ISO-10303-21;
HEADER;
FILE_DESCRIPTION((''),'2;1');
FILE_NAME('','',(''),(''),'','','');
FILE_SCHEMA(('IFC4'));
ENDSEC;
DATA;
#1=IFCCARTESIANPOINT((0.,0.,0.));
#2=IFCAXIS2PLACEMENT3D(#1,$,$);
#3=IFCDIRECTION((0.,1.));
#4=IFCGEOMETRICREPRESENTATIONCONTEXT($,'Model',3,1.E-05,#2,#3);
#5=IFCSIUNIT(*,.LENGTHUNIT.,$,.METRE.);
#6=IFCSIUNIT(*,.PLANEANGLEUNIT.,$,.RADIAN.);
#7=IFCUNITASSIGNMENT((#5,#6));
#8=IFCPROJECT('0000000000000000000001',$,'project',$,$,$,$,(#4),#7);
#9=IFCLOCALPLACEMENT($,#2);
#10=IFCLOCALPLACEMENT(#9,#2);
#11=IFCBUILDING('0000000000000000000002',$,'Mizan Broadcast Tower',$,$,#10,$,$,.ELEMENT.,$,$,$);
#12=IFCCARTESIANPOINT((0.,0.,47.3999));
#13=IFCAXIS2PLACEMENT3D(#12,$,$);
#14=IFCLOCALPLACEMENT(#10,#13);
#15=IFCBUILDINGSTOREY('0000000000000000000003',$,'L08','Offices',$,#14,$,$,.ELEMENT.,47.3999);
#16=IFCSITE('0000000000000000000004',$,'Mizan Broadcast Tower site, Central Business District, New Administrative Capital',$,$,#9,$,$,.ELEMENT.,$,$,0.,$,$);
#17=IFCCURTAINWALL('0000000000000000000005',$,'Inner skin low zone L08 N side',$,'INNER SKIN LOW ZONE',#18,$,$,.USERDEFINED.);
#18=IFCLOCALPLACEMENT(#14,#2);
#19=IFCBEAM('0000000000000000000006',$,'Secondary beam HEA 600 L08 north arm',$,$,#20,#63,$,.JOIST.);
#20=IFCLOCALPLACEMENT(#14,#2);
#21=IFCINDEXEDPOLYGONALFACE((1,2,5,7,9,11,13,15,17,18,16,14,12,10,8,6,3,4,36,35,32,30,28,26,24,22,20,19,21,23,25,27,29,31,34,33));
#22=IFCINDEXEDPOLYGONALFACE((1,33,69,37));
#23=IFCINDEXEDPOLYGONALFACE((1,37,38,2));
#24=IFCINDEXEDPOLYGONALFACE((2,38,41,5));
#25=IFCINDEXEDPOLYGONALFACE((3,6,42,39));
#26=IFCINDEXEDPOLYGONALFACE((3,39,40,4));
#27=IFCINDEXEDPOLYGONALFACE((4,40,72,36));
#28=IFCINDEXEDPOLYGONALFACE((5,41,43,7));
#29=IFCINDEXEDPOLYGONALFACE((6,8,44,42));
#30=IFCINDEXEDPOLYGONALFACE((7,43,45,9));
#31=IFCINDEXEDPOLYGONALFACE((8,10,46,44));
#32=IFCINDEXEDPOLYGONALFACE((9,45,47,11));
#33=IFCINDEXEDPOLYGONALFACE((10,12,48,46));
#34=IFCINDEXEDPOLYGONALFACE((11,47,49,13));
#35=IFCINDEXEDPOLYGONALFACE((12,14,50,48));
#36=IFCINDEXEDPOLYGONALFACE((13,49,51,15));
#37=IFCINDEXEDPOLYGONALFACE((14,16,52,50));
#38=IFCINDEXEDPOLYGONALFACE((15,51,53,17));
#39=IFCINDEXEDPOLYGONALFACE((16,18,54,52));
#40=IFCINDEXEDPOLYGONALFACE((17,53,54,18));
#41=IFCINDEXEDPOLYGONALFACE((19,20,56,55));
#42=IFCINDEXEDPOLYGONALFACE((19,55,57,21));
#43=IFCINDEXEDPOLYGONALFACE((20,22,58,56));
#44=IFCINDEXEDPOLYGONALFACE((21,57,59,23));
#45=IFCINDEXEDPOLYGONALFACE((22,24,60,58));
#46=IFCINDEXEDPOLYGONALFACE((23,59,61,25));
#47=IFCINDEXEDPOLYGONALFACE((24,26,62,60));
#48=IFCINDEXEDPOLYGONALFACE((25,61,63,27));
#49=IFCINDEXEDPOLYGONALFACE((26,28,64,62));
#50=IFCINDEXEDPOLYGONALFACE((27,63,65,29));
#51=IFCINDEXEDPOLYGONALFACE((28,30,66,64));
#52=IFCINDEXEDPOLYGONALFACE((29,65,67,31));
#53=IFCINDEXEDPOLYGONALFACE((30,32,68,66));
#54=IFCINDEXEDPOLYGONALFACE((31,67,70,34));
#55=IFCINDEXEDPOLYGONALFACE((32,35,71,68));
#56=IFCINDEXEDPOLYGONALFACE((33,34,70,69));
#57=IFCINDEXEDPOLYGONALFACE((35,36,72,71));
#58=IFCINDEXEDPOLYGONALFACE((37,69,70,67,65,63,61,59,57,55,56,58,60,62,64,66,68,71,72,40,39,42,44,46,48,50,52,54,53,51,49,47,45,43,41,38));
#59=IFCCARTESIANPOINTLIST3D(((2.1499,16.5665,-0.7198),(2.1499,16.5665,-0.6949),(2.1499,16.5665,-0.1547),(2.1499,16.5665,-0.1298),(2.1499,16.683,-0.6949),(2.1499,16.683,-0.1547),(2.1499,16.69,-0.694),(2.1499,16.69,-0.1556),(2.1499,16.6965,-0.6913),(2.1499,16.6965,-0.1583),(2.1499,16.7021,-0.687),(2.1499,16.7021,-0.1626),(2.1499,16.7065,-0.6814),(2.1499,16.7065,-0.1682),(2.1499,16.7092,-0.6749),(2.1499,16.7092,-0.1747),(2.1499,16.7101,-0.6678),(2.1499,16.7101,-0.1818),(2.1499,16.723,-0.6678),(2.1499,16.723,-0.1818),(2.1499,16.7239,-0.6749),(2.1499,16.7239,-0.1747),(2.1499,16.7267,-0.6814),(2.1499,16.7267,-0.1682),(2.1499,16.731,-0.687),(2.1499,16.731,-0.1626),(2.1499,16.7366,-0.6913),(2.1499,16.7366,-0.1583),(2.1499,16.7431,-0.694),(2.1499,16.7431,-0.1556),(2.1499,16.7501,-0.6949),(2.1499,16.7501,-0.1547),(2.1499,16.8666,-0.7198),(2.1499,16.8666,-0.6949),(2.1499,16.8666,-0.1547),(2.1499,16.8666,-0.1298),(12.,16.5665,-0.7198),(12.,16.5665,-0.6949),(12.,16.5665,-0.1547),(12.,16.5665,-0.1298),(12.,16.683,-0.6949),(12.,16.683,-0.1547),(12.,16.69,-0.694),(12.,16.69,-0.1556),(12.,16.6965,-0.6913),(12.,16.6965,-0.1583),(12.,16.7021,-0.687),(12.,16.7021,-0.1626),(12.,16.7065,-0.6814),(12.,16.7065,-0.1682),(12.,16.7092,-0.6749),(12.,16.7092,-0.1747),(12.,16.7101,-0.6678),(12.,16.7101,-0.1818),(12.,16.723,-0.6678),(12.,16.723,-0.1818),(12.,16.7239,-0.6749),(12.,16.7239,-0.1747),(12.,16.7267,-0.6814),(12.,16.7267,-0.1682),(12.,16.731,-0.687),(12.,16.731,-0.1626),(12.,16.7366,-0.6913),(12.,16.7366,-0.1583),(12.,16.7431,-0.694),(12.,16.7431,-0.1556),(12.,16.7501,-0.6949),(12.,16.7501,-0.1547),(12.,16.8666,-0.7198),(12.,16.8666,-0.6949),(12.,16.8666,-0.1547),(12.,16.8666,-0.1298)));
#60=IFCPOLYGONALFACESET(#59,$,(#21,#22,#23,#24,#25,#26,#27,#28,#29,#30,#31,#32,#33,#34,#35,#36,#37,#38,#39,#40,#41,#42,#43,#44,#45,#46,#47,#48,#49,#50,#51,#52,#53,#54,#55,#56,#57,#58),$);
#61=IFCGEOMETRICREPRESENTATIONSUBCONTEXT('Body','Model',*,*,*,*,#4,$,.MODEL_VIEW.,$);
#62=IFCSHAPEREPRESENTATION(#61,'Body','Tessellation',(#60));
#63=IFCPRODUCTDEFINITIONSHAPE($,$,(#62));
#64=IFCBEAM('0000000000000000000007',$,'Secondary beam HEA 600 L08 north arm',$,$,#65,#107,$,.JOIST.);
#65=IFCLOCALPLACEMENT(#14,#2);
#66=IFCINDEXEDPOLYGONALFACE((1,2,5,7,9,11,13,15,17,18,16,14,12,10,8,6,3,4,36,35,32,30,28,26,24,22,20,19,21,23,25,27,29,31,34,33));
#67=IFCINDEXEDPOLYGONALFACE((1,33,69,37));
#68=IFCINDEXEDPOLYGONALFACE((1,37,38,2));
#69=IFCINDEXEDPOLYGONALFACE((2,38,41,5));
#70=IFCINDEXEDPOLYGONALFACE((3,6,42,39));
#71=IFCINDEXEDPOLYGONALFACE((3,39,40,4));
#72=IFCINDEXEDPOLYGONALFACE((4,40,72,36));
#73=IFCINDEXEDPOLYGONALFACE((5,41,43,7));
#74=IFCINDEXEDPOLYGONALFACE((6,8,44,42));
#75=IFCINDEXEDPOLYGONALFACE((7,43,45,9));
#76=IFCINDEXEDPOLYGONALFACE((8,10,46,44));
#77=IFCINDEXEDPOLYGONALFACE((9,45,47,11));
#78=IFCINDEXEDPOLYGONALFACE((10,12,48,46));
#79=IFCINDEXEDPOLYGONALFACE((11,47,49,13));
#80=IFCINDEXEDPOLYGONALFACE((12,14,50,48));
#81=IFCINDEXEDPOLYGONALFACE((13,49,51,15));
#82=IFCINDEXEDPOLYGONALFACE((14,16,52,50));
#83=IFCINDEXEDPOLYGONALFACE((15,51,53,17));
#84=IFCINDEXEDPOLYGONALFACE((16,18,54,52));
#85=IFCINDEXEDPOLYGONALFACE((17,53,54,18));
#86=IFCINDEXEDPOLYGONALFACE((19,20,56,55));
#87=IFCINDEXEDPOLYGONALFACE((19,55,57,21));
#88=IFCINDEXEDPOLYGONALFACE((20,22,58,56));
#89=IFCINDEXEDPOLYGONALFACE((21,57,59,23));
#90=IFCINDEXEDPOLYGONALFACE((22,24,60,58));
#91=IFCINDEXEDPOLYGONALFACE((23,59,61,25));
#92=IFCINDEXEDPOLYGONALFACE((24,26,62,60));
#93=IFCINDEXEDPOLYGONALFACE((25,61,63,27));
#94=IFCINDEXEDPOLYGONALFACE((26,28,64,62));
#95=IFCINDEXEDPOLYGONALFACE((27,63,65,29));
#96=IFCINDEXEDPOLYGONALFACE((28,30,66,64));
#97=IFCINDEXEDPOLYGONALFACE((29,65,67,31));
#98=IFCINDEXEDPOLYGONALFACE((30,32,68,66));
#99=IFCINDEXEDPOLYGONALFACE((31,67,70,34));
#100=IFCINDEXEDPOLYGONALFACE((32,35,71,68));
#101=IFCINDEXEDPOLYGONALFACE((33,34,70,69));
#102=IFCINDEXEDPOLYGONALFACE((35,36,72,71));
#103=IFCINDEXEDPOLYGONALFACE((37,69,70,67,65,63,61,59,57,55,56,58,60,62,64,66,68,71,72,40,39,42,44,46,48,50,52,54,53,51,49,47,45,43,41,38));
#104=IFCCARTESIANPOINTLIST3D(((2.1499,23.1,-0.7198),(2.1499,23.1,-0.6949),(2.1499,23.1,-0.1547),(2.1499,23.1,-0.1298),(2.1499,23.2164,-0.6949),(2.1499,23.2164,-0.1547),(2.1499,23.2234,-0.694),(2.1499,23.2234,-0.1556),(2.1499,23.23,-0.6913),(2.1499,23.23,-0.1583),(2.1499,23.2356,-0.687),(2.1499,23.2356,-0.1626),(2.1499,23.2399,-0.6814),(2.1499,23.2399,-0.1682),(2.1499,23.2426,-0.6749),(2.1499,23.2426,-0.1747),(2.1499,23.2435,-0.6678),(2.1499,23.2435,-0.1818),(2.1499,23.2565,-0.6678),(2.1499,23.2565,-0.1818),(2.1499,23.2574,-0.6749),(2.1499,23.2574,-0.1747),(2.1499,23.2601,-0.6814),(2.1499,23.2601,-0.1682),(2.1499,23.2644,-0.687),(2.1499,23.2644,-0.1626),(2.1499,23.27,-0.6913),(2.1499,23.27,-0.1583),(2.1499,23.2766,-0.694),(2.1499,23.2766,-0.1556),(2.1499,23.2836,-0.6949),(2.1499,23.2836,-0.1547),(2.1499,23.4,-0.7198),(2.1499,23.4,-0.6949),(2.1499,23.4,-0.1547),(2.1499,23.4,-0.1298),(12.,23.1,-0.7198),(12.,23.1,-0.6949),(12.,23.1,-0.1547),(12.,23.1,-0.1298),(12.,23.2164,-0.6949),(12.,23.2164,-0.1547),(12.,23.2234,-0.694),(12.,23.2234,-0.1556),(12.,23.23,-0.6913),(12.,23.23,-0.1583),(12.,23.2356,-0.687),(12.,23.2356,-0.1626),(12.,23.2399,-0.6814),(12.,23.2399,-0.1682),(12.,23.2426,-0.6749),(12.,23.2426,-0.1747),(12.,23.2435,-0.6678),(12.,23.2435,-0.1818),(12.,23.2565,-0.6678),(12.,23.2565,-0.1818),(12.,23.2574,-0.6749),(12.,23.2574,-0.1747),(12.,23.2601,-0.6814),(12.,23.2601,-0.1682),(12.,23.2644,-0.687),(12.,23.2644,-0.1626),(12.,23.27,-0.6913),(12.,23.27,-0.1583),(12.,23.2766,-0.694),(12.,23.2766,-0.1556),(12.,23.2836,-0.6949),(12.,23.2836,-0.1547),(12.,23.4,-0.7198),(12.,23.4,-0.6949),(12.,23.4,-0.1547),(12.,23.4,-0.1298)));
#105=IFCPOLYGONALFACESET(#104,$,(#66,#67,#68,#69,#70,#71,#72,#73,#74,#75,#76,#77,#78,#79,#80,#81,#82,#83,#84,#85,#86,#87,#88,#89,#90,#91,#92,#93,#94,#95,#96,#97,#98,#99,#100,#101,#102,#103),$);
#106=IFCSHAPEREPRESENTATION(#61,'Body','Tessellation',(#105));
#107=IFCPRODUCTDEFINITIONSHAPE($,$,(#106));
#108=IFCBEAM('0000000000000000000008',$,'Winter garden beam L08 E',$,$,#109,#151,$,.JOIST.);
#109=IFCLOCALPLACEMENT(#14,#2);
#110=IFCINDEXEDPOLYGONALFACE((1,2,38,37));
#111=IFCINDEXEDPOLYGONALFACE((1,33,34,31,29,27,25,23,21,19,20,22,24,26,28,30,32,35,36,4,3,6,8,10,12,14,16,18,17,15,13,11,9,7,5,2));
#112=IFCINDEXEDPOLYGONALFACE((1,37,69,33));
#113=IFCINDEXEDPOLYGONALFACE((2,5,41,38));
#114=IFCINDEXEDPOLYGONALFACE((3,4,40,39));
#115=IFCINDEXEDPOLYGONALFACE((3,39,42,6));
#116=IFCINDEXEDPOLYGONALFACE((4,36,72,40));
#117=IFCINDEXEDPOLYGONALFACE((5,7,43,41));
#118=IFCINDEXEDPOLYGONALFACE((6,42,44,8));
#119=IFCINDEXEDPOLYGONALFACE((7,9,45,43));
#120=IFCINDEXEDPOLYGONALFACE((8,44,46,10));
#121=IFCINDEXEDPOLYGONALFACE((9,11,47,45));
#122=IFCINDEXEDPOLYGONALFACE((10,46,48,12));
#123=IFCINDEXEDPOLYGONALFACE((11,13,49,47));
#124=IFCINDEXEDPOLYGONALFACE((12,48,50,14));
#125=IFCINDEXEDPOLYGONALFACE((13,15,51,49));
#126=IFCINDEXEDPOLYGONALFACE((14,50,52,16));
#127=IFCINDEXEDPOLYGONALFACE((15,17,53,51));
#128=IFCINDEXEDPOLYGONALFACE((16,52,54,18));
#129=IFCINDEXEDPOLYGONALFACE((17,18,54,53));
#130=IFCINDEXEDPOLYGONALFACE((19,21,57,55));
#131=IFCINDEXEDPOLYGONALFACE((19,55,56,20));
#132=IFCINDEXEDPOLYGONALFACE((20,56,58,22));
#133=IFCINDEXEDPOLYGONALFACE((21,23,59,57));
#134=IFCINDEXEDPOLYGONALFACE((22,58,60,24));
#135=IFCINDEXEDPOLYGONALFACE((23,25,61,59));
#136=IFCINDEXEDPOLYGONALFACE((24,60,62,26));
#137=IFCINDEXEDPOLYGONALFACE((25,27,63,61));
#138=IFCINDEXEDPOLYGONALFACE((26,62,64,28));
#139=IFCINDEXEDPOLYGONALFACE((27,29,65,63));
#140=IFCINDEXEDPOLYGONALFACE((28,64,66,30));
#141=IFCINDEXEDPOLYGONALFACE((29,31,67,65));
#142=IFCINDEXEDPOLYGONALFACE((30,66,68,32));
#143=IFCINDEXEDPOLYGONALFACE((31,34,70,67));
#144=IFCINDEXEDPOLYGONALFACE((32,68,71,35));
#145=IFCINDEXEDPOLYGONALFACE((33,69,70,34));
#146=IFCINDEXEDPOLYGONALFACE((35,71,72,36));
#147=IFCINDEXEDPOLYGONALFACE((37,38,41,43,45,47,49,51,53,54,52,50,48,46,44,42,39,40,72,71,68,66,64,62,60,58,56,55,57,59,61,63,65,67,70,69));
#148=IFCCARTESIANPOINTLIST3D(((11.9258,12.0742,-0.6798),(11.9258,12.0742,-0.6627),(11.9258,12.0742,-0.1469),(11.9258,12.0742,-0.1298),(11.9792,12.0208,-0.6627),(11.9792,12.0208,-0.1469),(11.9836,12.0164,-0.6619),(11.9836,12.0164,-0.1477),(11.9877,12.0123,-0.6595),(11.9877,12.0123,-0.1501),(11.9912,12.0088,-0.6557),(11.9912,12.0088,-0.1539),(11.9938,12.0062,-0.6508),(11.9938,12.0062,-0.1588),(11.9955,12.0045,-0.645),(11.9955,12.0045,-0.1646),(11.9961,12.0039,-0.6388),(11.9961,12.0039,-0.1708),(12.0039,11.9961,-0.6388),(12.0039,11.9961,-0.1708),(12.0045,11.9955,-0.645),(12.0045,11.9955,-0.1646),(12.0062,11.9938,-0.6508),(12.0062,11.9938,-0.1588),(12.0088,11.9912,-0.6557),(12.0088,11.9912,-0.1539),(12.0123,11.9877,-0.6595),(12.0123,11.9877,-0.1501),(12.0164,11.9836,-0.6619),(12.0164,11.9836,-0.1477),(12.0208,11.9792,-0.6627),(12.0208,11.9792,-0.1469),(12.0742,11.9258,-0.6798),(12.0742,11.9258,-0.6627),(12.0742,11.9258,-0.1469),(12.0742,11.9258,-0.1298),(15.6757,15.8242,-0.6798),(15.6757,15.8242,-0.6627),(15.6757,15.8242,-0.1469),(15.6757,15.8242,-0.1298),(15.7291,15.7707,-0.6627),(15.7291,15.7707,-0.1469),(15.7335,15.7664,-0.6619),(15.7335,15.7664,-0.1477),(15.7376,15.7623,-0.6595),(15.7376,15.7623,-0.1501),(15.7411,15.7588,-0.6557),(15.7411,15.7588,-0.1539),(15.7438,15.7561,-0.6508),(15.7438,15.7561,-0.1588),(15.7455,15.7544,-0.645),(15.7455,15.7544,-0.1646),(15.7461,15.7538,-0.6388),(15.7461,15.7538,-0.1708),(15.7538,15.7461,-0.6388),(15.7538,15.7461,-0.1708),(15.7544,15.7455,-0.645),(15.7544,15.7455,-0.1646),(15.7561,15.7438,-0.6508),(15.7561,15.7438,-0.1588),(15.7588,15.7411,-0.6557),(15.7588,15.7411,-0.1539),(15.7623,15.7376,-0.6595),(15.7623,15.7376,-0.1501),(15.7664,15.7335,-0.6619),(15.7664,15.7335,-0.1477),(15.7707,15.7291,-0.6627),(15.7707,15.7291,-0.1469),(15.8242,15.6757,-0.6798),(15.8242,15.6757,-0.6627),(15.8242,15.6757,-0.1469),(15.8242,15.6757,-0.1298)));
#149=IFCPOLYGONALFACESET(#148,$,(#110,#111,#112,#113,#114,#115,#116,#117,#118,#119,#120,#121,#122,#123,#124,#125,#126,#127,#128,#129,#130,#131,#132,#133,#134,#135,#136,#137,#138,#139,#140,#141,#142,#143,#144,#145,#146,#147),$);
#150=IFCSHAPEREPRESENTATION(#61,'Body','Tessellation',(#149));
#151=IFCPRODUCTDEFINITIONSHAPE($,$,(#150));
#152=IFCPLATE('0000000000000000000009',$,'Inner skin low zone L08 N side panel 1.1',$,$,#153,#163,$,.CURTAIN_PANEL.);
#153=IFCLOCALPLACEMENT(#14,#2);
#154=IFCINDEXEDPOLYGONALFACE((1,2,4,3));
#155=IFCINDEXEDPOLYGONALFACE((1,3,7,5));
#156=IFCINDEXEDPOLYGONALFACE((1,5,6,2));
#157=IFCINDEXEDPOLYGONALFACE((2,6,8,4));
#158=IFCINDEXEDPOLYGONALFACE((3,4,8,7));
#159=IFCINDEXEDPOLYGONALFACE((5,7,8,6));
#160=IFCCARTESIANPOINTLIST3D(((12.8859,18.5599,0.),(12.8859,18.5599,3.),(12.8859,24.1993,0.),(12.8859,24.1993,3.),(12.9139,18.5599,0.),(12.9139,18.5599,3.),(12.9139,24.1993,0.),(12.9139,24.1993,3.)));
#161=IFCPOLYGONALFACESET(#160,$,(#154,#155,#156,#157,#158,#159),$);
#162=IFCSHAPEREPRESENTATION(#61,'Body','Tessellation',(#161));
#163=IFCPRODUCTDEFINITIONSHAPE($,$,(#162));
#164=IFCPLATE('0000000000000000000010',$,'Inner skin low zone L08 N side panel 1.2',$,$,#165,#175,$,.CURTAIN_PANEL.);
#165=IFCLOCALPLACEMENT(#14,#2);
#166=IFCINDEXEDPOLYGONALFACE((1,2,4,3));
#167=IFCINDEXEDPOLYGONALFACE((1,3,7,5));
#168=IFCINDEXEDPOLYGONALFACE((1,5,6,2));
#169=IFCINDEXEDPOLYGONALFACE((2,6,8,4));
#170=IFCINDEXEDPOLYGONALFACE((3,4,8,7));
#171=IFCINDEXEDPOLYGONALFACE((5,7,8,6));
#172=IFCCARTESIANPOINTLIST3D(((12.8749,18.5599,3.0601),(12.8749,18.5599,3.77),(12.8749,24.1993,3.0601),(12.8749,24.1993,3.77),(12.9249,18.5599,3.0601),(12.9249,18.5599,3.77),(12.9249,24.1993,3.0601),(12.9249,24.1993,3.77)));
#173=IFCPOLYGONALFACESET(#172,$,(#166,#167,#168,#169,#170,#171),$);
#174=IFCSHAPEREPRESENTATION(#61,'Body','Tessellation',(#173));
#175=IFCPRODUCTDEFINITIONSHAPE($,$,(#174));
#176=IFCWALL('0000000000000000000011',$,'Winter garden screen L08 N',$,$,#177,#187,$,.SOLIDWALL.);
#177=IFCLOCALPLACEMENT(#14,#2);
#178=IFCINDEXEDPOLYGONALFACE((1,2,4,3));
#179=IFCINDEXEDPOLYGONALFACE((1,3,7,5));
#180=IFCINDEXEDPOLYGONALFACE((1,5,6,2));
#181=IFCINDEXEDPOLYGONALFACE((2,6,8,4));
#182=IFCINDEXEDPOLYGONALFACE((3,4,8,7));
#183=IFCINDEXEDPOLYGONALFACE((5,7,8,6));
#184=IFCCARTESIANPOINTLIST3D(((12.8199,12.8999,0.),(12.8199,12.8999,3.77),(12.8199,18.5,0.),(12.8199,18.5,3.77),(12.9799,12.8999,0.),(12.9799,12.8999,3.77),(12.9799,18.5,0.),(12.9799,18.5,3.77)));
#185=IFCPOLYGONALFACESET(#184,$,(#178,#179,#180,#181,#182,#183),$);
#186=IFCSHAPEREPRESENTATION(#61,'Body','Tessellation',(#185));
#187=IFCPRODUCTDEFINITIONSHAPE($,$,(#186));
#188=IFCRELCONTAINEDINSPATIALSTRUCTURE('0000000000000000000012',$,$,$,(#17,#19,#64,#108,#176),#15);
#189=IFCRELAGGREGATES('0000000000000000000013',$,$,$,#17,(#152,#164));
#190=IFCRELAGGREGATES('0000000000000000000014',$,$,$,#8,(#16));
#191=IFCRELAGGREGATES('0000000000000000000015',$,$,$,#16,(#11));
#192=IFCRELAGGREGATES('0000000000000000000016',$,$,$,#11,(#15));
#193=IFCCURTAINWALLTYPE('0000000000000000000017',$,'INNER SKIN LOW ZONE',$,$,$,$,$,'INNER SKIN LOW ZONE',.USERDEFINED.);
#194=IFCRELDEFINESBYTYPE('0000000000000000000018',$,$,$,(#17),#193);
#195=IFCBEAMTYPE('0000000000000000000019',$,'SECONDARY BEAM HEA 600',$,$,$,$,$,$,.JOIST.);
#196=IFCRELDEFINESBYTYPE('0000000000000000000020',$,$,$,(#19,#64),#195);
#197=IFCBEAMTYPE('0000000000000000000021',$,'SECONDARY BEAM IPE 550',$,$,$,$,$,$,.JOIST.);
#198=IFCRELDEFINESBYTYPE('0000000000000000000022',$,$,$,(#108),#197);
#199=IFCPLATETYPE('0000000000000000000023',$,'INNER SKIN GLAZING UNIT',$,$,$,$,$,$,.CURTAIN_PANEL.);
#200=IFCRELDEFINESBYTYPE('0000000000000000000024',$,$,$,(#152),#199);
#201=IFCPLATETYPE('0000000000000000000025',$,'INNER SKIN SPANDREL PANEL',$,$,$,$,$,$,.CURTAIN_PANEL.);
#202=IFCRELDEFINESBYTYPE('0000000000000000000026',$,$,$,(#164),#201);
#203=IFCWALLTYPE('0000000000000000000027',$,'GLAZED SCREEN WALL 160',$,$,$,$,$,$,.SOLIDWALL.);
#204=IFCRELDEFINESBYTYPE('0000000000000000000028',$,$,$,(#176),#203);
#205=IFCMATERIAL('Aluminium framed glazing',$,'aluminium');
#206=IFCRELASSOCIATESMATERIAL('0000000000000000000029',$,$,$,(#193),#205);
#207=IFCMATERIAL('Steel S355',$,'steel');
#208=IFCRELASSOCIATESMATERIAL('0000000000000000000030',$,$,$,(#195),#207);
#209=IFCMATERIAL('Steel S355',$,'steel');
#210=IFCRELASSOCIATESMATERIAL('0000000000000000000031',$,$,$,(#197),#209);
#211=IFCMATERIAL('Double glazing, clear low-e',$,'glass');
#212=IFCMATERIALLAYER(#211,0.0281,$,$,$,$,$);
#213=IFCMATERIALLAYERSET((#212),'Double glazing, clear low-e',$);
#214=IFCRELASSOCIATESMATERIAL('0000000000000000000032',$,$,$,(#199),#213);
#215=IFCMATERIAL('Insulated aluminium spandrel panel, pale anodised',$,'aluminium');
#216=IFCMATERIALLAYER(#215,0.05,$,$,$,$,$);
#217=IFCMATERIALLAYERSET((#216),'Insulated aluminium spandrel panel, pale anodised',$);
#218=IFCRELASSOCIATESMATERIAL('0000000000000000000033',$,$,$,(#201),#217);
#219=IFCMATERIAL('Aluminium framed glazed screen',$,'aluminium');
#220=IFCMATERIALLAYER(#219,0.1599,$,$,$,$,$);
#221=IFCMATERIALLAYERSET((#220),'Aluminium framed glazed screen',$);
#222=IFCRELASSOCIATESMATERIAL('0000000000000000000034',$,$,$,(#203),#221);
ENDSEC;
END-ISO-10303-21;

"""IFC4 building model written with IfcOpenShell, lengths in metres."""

from ifc_helpers import new_model, si_unit, direction, frame, frame_2d, origin, origin_2d, place, context, subcontext, project, spatial, rectangle, i_section, extrude, material, layer, layer_set, material_profile, profile_set, type_object, element, aggregate, save


model = new_model("IFC4")

# Units and contexts
model_context = context("Model", 3, precision=1e-05, world=origin(), true_north=direction((0.0, 1.0)))
body_context = subcontext(model_context, "Body", "Model", "MODEL_VIEW")
ifc_project = project(units=[si_unit("LENGTHUNIT", "METRE"), si_unit("PLANEANGLEUNIT", "RADIAN")], contexts=[model_context])

# Site, building, storey
site_placement = place(None, origin())
site = spatial("IfcSite", under=ifc_project, at=site_placement, Name="Mizan Broadcast Tower site, Central Business District, New Administrative Capital", CompositionType="ELEMENT", RefElevation=0.0)
building_placement = place(site_placement, origin())
building = spatial("IfcBuilding", under=site, at=building_placement, Name="Mizan Broadcast Tower", CompositionType="ELEMENT")
storey_placement = place(building_placement, frame((0.0, 0.0, 47.3999)))
storey = spatial("IfcBuildingStorey", under=building, at=storey_placement, Name="L08", Description="Offices", CompositionType="ELEMENT", Elevation=47.3999)

# Curtain wall
ifc_material_1 = material(Name="Aluminium framed glazing", Category="aluminium")
curtain_wall_type_1 = type_object("IfcCurtainWallType", Name="INNER SKIN LOW ZONE", ElementType="INNER SKIN LOW ZONE", PredefinedType="USERDEFINED", material=ifc_material_1)
curtain_wall_1_placement = place(storey_placement, origin())
curtain_wall_1 = element("IfcCurtainWall", 1, at=curtain_wall_1_placement, inside=storey, type_object=curtain_wall_type_1, Name="Inner skin low zone L08 N side", ObjectType="INNER SKIN LOW ZONE", PredefinedType="USERDEFINED")

# Beams
ifc_material_2 = material(Name="Steel S355", Category="steel")
ifc_material_profile_1 = material_profile(ifc_material_2, i_section(OverallWidth=0.3, OverallDepth=0.5901, WebThickness=0.0129, FlangeThickness=0.0249, FilletRadius=0.0271, at=origin_2d()), Name="HEA 600")
ifc_profile_set_1 = profile_set([ifc_material_profile_1], Name="Steel S355")
beam_type_1 = type_object("IfcBeamType", Name="SECONDARY BEAM HEA 600", PredefinedType="JOIST", material=ifc_profile_set_1)
for number, where, z_axis, x_axis, name in (
    (2, (12.0, 16.7166, -0.4248), (-1.0, 0.0, 0.0), (0.0, -1.0, 0.0), "Secondary beam HEA 600 L08 north arm"),
    (3, (12.0, 23.25, -0.4248), (-1.0, 0.0, 0.0), (0.0, -1.0, 0.0), "Secondary beam HEA 600 L08 north arm"),
):
    element("IfcBeam", number, at=place(storey_placement, frame(where, z_axis=z_axis, x_axis=x_axis)), inside=storey, type_object=beam_type_1, Name=name, PredefinedType="JOIST", context=body_context, shape_type="SweptSolid", body=[
        extrude(i_section(OverallWidth=0.3, OverallDepth=0.5901, WebThickness=0.0129, FlangeThickness=0.0249, FilletRadius=0.0271, at=origin_2d()), origin(), (0.0, 0.0, 1.0), 9.8501),
    ])
ifc_material_3 = material(Name="Steel S355", Category="steel")
ifc_material_profile_2 = material_profile(ifc_material_3, i_section(OverallWidth=0.21, OverallDepth=0.55, WebThickness=0.011, FlangeThickness=0.0171, FilletRadius=0.0239, at=origin_2d()), Name="IPE 550")
ifc_profile_set_2 = profile_set([ifc_material_profile_2], Name="Steel S355")
beam_type_2 = type_object("IfcBeamType", Name="SECONDARY BEAM IPE 550", PredefinedType="JOIST", material=ifc_profile_set_2)
beam_1_placement = place(storey_placement, frame((12.0, 12.0, -0.4048), z_axis=(0.707107, 0.707107, 0.0), x_axis=(-0.707107, 0.707107, 0.0)))
element("IfcBeam", 4, at=beam_1_placement, inside=storey, type_object=beam_type_2, Name="Winter garden beam L08 E", PredefinedType="JOIST", context=body_context, shape_type="SweptSolid", body=[
    extrude(i_section(OverallWidth=0.21, OverallDepth=0.55, WebThickness=0.011, FlangeThickness=0.0171, FilletRadius=0.0239, at=origin_2d()), origin(), (0.0, 0.0, 1.0), 5.3032),
])

# Plates
ifc_material_4 = material(Name="Double glazing, clear low-e", Category="glass")
ifc_layer_1 = layer(ifc_material_4, 0.0281)
ifc_layer_set_1 = layer_set([ifc_layer_1], Name="Double glazing, clear low-e")
plate_type_1 = type_object("IfcPlateType", Name="INNER SKIN GLAZING UNIT", PredefinedType="CURTAIN_PANEL", material=ifc_layer_set_1)
plate_1_placement = place(storey_placement, frame((12.8999, 21.3796, 0.0), z_axis=(0.0, 0.0, 1.0), x_axis=(0.0, 1.0, 0.0)))
plate_1 = element("IfcPlate", 5, at=plate_1_placement, type_object=plate_type_1, Name="Inner skin low zone L08 N side panel 1.1", PredefinedType="CURTAIN_PANEL", context=body_context, shape_type="SweptSolid", body=[
    extrude(rectangle(XDim=5.6394, YDim=0.0281, at=origin_2d()), origin(), (0.0, 0.0, 1.0), 3.0),
])
ifc_material_5 = material(Name="Insulated aluminium spandrel panel, pale anodised", Category="aluminium")
ifc_layer_2 = layer(ifc_material_5, 0.05)
ifc_layer_set_2 = layer_set([ifc_layer_2], Name="Insulated aluminium spandrel panel, pale anodised")
plate_type_2 = type_object("IfcPlateType", Name="INNER SKIN SPANDREL PANEL", PredefinedType="CURTAIN_PANEL", material=ifc_layer_set_2)
plate_2_placement = place(storey_placement, frame((12.8999, 21.3796, 3.0601), z_axis=(0.0, 0.0, 1.0), x_axis=(0.0, 1.0, 0.0)))
plate_2 = element("IfcPlate", 6, at=plate_2_placement, type_object=plate_type_2, Name="Inner skin low zone L08 N side panel 1.2", PredefinedType="CURTAIN_PANEL", context=body_context, shape_type="SweptSolid", body=[
    extrude(rectangle(XDim=5.6394, YDim=0.05, at=origin_2d()), origin(), (0.0, 0.0, 1.0), 0.71),
])
aggregate(curtain_wall_1, [plate_1, plate_2])

# Wall
ifc_material_6 = material(Name="Aluminium framed glazed screen", Category="aluminium")
ifc_layer_3 = layer(ifc_material_6, 0.1599)
ifc_layer_set_3 = layer_set([ifc_layer_3], Name="Aluminium framed glazed screen")
wall_type_1 = type_object("IfcWallType", Name="GLAZED SCREEN WALL 160", PredefinedType="SOLIDWALL", material=ifc_layer_set_3)
wall_1_placement = place(storey_placement, frame((12.8999, 12.8999, 0.0), z_axis=(0.0, 0.0, 1.0), x_axis=(0.0, 1.0, 0.0)))
element("IfcWall", 7, at=wall_1_placement, inside=storey, type_object=wall_type_1, Name="Winter garden screen L08 N", PredefinedType="SOLIDWALL", context=body_context, shape_type="SweptSolid", body=[
    extrude(rectangle(XDim=5.6001, YDim=0.1599, at=frame_2d((2.8, 0.0))), origin(), (0.0, 0.0, 1.0), 3.77),
])

save(model, "model.ifc")
